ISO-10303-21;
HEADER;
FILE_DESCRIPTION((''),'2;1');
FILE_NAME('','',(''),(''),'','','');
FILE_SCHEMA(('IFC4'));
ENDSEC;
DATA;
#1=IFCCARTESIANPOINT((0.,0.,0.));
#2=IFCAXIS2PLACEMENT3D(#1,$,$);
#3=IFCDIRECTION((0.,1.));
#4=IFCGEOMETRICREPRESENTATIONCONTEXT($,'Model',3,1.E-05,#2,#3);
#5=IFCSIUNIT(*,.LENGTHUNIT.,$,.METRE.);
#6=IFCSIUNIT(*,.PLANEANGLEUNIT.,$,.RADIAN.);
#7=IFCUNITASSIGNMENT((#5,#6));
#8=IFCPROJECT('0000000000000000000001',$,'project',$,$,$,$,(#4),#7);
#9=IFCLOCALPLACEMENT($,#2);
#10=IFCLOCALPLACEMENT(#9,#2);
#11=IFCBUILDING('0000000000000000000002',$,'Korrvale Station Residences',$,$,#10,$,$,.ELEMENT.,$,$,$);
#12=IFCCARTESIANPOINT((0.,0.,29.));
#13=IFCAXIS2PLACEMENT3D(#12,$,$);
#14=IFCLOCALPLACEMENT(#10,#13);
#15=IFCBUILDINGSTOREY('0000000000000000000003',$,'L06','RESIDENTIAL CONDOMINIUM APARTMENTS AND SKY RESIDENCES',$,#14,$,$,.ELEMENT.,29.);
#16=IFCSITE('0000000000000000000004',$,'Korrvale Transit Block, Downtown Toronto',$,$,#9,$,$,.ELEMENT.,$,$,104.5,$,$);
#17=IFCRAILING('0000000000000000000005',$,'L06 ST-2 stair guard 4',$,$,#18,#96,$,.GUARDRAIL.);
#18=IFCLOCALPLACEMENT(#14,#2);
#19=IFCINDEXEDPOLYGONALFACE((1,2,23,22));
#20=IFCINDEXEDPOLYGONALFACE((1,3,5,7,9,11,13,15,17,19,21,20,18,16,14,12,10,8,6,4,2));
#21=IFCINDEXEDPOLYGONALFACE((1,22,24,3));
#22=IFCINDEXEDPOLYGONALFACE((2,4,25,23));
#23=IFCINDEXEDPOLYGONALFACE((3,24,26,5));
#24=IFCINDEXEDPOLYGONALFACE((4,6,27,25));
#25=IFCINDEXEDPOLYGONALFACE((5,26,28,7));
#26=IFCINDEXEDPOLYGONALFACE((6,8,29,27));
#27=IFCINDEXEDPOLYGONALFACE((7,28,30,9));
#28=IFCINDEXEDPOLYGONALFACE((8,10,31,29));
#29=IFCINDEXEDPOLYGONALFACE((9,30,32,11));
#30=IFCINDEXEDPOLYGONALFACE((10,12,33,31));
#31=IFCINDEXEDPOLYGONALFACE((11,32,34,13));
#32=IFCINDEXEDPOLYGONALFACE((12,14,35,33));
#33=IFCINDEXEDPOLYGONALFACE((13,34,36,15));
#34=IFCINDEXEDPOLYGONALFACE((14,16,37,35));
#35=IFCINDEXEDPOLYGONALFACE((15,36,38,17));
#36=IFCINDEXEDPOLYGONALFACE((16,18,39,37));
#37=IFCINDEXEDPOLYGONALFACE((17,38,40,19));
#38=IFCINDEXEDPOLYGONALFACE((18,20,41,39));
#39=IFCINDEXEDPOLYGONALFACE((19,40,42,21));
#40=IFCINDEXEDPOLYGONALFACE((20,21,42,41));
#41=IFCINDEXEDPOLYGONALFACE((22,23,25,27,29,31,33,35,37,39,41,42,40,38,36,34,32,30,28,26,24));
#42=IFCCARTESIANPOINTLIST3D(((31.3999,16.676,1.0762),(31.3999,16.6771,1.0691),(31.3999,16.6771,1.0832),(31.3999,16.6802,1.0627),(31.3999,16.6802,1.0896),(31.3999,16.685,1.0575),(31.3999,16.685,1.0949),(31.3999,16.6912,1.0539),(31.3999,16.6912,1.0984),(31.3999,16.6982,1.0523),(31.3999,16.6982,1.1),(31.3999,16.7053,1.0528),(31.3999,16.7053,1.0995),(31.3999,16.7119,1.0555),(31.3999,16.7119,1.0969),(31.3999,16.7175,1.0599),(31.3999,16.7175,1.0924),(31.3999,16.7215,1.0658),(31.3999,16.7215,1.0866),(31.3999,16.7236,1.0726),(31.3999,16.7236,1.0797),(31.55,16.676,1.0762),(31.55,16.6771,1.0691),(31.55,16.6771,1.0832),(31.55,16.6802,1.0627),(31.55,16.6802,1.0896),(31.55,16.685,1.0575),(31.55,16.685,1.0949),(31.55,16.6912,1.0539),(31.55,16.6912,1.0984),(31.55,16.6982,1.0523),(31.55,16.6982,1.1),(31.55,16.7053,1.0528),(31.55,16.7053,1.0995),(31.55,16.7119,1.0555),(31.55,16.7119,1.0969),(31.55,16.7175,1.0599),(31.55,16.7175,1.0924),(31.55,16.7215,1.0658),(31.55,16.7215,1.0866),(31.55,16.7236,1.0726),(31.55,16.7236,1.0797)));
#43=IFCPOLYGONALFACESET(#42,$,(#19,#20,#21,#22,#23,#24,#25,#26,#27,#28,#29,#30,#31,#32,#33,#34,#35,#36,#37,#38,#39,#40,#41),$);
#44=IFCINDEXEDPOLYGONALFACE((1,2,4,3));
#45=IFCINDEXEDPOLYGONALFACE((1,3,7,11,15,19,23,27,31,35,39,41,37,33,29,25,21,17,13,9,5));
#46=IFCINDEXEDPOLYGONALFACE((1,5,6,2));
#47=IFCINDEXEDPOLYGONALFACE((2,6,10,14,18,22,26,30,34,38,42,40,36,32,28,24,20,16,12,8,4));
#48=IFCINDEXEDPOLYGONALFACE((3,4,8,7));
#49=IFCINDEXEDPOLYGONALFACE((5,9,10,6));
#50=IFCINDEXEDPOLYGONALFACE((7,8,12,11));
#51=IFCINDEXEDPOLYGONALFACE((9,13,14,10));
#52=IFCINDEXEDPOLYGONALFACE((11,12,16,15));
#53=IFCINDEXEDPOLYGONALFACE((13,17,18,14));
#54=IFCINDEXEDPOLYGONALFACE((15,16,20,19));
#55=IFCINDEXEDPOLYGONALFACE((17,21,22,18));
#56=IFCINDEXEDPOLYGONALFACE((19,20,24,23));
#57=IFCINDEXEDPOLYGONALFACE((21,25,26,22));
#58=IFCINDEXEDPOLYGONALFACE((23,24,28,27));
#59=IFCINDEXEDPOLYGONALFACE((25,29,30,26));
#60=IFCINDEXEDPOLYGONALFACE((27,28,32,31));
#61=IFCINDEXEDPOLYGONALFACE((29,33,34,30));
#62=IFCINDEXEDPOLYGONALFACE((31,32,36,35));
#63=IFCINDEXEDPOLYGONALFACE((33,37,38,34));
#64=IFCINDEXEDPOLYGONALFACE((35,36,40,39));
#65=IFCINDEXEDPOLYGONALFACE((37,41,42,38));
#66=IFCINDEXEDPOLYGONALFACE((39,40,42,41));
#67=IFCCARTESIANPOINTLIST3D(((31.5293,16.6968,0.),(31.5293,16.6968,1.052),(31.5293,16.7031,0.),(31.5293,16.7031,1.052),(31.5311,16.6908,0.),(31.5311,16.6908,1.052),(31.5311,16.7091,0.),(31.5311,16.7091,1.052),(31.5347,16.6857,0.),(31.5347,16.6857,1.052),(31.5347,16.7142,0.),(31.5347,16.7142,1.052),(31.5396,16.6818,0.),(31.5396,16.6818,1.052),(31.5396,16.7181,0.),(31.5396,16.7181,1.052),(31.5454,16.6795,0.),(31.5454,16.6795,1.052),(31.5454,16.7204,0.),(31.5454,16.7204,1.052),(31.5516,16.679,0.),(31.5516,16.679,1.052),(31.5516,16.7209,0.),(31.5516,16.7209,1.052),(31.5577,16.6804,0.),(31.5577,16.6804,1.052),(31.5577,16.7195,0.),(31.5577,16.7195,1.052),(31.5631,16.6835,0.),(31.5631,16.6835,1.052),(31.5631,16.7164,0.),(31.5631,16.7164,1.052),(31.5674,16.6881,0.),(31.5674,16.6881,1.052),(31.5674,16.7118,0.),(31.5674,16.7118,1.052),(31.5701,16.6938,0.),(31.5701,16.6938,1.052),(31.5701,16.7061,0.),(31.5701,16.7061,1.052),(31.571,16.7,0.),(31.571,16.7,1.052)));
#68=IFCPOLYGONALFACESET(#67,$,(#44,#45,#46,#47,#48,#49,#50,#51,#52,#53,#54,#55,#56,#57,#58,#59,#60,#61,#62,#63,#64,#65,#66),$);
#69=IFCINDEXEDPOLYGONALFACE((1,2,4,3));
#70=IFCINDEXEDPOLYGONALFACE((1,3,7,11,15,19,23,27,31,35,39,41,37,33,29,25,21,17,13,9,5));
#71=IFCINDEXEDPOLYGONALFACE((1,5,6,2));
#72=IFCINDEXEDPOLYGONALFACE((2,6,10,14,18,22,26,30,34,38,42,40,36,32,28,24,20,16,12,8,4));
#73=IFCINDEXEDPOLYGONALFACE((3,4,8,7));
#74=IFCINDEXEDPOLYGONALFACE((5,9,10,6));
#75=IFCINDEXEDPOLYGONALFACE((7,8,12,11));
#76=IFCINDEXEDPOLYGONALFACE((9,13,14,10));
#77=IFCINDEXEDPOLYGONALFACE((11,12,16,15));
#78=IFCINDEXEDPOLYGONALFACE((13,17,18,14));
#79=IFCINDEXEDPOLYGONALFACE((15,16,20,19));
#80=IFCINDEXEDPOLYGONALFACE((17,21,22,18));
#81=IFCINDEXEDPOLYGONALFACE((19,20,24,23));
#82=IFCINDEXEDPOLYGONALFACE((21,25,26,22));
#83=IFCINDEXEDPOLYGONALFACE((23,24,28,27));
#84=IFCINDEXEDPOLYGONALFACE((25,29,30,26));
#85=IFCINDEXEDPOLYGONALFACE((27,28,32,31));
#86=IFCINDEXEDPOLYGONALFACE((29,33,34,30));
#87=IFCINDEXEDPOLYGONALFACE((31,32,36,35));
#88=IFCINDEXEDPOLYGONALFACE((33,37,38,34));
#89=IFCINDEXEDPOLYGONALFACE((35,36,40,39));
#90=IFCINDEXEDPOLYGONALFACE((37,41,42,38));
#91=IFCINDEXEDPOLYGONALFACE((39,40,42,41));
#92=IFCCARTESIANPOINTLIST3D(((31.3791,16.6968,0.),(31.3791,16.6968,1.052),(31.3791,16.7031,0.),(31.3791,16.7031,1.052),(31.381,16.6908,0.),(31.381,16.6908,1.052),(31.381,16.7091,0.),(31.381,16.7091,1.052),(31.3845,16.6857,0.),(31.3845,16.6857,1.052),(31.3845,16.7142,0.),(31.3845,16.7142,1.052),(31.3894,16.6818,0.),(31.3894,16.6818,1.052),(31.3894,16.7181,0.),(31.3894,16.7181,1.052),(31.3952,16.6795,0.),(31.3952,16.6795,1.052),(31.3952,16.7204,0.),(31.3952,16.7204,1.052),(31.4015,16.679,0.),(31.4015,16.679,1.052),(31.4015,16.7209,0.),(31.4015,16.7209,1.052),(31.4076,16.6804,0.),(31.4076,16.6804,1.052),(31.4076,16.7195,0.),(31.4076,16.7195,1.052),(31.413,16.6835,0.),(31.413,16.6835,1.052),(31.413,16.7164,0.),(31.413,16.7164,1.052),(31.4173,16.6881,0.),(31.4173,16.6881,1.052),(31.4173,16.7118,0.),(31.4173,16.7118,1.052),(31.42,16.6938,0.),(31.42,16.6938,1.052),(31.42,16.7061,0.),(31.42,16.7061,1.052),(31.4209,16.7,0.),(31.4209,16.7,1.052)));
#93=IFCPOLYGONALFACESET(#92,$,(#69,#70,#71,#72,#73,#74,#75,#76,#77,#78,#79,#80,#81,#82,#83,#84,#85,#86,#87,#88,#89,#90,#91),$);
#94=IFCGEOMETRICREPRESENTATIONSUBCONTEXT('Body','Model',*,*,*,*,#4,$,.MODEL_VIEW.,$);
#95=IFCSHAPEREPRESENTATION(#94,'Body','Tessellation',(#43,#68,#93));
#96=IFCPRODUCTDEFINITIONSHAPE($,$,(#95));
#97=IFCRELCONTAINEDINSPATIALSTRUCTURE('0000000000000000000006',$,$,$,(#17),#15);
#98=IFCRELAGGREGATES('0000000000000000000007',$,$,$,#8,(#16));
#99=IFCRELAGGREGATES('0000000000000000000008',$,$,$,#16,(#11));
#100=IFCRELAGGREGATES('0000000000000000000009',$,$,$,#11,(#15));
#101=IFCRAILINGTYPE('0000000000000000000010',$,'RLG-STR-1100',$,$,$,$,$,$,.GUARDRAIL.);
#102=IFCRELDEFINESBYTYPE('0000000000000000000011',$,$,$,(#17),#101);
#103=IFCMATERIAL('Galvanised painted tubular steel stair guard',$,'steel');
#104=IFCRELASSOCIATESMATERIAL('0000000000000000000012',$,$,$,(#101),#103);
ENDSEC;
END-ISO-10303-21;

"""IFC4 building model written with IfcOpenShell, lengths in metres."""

from ifc_helpers import new_model, si_unit, direction, frame, origin, origin_2d, place, context, subcontext, project, spatial, circle, extrude, material, type_object, element, save


model = new_model("IFC4")

# Units and contexts
model_context = context("Model", 3, precision=1e-05, world=origin(), true_north=direction((0.0, 1.0)))
body_context = subcontext(model_context, "Body", "Model", "MODEL_VIEW")
ifc_project = project(units=[si_unit("LENGTHUNIT", "METRE"), si_unit("PLANEANGLEUNIT", "RADIAN")], contexts=[model_context])

# Site, building, storey
site_placement = place(None, origin())
site = spatial("IfcSite", under=ifc_project, at=site_placement, Name="Korrvale Transit Block, Downtown Toronto", CompositionType="ELEMENT", RefElevation=104.5)
building_placement = place(site_placement, origin())
building = spatial("IfcBuilding", under=site, at=building_placement, Name="Korrvale Station Residences", CompositionType="ELEMENT")
storey_placement = place(building_placement, frame((0.0, 0.0, 29.0)))
storey = spatial("IfcBuildingStorey", under=building, at=storey_placement, Name="L06", Description="RESIDENTIAL CONDOMINIUM APARTMENTS AND SKY RESIDENCES", CompositionType="ELEMENT", Elevation=29.0)

# Railing
ifc_material_1 = material(Name="Galvanised painted tubular steel stair guard", Category="steel")
railing_type_1 = type_object("IfcRailingType", Name="RLG-STR-1100", PredefinedType="GUARDRAIL", material=ifc_material_1)
railing_1_placement = place(storey_placement, frame((31.55, 16.7, 0.0)))
element("IfcRailing", 1, at=railing_1_placement, inside=storey, type_object=railing_type_1, Name="L06 ST-2 stair guard 4", PredefinedType="GUARDRAIL", context=body_context, shape_type="SweptSolid", body=[
    extrude(circle(Radius=0.0239, at=origin_2d()), frame((0.0, 0.0, 1.0762), z_axis=(-1.0, 0.0, 0.0), x_axis=(0.0, -1.0, 0.0)), (0.0, 0.0, 1.0), 0.1501),
    extrude(circle(Radius=0.021, at=origin_2d()), origin(), (0.0, 0.0, 1.0), 1.052),
    extrude(circle(Radius=0.021, at=origin_2d()), frame((-0.1501, 0.0, 0.0)), (0.0, 0.0, 1.0), 1.052),
])

save(model, "model.ifc")
